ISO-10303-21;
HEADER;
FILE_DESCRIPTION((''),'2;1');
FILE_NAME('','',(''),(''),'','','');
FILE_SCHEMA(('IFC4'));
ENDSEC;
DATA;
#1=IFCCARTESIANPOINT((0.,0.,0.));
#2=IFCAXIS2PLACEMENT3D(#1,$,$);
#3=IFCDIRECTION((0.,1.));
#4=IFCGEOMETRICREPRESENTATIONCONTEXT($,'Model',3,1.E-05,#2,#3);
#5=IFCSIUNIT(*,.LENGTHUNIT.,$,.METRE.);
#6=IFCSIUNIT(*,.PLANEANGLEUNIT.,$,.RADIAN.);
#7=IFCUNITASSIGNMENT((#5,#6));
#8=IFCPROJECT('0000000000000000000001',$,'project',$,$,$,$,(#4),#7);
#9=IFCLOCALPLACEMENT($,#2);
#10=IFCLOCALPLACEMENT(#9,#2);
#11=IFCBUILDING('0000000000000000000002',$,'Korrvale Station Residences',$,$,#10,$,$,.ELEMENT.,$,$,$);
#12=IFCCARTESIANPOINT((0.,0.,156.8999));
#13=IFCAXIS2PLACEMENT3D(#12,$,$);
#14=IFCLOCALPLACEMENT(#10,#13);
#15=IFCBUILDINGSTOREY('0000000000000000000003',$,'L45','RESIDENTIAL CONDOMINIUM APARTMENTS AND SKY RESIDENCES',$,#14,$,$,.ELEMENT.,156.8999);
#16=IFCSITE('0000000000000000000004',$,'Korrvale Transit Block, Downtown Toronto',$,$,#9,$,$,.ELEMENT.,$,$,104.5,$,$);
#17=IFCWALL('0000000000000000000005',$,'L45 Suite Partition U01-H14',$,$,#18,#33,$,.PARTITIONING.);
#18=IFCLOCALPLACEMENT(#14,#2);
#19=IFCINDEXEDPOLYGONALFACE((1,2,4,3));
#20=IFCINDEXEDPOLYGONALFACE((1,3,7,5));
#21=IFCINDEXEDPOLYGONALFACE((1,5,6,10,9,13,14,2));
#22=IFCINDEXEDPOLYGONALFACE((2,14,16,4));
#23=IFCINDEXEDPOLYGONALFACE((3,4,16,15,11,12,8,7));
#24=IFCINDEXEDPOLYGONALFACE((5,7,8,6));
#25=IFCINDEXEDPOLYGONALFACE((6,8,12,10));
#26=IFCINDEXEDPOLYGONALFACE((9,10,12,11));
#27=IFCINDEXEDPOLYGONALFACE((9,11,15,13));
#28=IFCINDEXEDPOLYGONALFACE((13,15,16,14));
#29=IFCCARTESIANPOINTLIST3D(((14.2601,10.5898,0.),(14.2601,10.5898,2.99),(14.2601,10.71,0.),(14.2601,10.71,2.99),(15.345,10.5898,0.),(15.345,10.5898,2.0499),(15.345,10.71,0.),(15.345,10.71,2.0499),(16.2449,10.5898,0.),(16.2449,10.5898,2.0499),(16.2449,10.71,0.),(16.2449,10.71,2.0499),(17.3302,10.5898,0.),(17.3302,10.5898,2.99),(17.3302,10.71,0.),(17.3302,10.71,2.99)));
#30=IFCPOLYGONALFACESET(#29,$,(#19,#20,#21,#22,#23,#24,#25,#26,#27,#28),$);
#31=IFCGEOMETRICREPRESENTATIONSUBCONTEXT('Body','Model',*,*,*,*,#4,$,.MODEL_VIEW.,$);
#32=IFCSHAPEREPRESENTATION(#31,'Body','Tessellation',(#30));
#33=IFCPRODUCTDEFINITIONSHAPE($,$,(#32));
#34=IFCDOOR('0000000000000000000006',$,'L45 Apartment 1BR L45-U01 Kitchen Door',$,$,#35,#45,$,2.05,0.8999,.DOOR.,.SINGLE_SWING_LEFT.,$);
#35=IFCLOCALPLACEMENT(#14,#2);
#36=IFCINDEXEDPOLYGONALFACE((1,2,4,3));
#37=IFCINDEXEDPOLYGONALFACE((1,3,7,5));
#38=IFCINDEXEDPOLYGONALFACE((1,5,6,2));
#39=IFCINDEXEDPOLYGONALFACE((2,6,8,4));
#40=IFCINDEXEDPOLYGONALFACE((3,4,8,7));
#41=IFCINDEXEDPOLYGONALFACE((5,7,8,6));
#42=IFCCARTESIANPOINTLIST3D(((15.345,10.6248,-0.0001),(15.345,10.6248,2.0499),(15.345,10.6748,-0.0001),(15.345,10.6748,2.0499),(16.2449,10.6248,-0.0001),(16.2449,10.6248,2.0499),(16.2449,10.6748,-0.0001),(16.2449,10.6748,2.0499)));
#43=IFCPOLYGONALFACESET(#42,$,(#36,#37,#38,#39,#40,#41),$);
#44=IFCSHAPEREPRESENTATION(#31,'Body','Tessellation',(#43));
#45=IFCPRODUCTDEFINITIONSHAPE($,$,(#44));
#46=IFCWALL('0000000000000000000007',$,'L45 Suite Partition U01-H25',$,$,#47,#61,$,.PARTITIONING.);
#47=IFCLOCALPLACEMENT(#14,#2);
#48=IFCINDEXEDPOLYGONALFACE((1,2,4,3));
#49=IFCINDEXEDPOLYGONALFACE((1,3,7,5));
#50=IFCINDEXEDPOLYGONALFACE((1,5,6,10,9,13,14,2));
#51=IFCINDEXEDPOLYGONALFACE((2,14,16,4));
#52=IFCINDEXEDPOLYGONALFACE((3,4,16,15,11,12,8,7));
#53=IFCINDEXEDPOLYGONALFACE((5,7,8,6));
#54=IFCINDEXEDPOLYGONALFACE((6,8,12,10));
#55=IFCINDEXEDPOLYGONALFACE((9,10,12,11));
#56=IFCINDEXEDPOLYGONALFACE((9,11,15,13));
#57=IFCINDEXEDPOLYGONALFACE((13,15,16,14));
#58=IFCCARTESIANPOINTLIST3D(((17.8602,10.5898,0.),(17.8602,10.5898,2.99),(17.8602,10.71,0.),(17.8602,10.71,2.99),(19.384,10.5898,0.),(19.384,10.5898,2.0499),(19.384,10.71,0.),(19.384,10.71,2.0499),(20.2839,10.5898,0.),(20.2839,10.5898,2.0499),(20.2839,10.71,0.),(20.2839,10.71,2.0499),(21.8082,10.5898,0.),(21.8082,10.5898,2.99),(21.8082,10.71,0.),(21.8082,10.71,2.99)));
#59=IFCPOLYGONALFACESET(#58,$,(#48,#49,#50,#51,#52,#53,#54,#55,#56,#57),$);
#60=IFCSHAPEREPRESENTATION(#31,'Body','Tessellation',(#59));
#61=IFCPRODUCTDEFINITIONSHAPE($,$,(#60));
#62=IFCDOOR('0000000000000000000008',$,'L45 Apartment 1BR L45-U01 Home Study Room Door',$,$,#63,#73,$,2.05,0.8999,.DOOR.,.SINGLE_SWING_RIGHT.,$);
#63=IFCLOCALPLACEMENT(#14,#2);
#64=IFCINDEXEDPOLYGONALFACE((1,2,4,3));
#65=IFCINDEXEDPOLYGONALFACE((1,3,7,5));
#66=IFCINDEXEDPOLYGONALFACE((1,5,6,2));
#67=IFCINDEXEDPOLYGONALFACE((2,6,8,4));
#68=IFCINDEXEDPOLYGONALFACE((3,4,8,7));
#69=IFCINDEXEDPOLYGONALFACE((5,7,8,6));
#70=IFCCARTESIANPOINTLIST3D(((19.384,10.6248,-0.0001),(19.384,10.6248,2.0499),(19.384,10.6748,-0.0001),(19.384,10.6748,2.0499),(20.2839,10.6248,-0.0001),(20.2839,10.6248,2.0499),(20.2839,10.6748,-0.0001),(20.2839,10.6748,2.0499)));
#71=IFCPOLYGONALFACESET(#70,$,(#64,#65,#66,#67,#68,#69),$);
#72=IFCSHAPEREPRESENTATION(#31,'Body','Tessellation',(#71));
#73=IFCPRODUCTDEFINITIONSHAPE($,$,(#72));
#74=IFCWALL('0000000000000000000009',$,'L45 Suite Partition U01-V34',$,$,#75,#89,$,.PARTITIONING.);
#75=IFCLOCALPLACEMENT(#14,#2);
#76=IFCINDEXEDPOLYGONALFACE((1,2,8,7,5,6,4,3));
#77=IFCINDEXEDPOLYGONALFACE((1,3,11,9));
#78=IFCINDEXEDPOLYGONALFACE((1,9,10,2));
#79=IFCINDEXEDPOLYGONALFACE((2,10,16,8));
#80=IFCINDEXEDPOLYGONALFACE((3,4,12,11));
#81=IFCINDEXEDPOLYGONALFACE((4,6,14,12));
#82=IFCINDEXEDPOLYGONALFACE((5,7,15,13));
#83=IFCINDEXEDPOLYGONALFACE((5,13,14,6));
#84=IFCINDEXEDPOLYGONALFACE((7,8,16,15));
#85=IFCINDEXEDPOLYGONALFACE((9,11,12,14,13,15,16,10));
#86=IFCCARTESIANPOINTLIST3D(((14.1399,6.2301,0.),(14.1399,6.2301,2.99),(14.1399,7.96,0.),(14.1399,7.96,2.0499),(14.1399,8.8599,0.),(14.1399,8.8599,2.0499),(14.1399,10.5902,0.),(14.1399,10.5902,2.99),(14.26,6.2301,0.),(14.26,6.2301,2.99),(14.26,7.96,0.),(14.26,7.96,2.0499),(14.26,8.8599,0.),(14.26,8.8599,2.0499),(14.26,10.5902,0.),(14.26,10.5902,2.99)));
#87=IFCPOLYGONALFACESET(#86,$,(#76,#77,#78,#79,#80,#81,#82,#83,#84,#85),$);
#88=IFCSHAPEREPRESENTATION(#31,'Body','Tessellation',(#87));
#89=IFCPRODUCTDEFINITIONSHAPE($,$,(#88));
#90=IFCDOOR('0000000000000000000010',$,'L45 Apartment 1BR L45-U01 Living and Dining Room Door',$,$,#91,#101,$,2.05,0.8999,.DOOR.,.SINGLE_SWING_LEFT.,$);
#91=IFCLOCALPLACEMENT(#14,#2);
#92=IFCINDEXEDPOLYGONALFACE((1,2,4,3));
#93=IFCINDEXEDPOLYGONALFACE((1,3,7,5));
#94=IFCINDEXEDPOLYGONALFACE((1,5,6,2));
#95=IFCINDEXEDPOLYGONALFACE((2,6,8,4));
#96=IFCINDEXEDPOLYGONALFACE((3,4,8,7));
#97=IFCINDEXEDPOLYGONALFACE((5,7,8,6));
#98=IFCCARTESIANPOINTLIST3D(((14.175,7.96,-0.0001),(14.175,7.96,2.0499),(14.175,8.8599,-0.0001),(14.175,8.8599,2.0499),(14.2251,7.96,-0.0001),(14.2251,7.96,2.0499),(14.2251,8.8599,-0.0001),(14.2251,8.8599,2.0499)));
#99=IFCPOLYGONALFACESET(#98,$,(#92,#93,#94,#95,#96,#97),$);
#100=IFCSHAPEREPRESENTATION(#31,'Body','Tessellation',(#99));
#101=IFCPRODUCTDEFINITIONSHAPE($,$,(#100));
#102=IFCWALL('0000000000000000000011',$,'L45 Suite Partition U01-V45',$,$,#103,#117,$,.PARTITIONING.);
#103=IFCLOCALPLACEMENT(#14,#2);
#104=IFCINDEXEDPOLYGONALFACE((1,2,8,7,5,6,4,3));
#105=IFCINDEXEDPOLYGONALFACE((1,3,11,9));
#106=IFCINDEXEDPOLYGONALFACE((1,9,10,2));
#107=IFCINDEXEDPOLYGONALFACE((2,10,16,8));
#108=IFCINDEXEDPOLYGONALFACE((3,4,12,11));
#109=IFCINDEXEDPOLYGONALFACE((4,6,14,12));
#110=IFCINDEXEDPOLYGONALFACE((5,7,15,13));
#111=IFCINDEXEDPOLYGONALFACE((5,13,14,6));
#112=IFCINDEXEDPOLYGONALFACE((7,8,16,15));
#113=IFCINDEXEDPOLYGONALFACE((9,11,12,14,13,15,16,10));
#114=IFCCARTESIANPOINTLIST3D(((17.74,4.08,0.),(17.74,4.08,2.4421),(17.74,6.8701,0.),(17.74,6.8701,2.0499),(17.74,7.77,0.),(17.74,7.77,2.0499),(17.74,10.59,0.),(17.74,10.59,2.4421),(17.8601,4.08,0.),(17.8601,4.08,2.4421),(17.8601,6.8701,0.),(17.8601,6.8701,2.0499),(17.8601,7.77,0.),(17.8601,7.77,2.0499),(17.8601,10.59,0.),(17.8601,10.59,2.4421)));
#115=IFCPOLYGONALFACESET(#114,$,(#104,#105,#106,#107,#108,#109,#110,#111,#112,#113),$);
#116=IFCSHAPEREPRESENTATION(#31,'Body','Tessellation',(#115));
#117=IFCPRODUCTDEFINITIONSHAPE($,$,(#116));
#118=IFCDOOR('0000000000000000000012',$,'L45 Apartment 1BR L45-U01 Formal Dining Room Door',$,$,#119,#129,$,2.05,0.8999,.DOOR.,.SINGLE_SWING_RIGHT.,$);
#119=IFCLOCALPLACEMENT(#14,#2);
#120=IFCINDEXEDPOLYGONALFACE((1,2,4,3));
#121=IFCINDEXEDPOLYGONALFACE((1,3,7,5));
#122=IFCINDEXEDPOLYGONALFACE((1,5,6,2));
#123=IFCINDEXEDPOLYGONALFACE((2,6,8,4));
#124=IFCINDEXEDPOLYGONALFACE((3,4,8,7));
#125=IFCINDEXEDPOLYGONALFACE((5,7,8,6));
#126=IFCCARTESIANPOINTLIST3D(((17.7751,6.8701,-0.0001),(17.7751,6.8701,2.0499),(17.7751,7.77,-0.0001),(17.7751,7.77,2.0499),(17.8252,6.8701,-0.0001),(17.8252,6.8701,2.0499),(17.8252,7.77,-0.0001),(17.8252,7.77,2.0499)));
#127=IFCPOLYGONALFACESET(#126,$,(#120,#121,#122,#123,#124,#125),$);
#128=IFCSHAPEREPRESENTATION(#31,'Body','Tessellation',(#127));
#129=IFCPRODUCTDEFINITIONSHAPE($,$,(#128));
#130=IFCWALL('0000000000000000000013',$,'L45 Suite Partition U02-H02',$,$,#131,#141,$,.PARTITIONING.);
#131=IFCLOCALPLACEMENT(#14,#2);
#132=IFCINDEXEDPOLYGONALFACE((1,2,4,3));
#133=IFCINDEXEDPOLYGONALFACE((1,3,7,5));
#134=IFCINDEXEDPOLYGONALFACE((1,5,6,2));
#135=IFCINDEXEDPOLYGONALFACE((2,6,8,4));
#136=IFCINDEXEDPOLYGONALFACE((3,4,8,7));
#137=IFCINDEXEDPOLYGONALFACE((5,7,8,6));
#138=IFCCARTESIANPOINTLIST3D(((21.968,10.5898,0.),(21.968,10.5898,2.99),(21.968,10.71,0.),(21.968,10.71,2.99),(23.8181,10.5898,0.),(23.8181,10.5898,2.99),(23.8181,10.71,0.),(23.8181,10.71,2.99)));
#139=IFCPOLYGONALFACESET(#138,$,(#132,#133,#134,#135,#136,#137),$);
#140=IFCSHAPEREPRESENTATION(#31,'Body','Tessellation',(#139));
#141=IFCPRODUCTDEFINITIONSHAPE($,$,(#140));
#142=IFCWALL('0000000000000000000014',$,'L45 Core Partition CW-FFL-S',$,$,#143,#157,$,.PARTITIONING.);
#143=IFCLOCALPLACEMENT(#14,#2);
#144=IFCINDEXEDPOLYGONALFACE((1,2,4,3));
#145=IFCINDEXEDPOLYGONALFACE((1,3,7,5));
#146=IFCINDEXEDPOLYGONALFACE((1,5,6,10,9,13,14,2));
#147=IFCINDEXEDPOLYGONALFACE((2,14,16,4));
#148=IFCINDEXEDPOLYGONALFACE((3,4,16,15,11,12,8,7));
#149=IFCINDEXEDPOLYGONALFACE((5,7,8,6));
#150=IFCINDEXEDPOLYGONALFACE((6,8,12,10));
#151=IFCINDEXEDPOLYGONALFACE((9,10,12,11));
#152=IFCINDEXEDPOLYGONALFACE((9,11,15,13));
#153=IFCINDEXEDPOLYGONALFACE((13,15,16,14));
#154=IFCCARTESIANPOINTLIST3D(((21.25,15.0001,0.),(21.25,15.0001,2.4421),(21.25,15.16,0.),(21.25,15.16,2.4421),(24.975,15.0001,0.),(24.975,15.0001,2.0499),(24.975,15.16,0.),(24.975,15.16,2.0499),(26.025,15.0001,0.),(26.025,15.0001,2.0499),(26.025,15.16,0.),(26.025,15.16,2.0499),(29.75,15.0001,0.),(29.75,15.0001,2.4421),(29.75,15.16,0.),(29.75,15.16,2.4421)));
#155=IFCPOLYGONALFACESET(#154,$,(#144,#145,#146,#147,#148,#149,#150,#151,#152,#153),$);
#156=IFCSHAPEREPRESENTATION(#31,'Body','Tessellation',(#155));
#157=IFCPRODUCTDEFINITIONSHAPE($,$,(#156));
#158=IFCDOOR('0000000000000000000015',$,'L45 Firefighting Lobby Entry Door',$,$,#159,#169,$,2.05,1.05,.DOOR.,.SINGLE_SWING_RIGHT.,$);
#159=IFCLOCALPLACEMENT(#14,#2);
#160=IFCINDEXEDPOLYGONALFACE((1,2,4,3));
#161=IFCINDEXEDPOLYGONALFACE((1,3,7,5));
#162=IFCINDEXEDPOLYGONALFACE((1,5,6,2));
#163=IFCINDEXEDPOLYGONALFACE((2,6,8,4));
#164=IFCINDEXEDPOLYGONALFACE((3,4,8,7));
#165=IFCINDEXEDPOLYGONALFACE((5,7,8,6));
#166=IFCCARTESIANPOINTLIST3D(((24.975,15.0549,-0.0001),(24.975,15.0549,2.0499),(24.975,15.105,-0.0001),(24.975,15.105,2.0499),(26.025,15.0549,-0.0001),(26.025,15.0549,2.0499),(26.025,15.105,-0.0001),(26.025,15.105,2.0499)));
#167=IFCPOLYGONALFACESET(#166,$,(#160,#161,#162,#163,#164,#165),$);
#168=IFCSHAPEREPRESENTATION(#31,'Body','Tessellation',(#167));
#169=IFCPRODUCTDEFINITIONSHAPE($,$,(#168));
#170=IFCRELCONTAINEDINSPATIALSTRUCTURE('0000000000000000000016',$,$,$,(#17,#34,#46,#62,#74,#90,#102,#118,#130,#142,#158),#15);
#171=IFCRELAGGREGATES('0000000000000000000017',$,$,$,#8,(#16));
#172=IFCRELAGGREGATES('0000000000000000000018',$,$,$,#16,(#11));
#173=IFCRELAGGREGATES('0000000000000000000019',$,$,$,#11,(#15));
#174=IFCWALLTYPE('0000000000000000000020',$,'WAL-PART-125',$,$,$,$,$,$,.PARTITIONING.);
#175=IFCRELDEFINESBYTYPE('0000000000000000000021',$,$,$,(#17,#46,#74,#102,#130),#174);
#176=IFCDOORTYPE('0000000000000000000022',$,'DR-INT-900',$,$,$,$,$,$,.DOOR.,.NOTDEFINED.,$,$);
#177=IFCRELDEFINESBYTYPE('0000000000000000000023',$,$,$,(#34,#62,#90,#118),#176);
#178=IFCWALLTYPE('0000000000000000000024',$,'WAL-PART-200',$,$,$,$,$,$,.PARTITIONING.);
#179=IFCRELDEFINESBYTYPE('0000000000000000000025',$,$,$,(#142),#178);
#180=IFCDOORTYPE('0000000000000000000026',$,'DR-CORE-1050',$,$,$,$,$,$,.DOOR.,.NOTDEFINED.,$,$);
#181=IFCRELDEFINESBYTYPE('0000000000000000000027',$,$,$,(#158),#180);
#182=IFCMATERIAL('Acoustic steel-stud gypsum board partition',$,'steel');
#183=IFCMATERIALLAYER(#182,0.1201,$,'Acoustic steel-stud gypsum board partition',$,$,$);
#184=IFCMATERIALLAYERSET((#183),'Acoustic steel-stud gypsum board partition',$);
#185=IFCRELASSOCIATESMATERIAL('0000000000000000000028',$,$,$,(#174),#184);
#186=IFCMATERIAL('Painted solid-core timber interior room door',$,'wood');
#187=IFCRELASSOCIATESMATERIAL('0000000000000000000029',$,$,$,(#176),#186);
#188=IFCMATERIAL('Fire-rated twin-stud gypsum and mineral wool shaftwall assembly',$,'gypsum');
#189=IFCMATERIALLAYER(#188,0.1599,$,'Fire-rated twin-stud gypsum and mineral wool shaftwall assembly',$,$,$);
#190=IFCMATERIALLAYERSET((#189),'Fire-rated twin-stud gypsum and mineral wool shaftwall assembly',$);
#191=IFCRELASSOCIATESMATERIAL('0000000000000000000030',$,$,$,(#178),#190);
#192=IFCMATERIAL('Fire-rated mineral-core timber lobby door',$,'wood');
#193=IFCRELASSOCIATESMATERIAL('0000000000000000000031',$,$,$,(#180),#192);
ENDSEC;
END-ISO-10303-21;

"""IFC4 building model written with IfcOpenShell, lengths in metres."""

from ifc_helpers import new_model, si_unit, direction, frame, frame_2d, origin, place, context, subcontext, project, spatial, rectangle, extrude, material, layer, layer_set, type_object, element, fill, save


model = new_model("IFC4")

# Units and contexts
model_context = context("Model", 3, precision=1e-05, world=origin(), true_north=direction((0.0, 1.0)))
body_context = subcontext(model_context, "Body", "Model", "MODEL_VIEW")
ifc_project = project(units=[si_unit("LENGTHUNIT", "METRE"), si_unit("PLANEANGLEUNIT", "RADIAN")], contexts=[model_context])

# Site, building, storey
site_placement = place(None, origin())
site = spatial("IfcSite", under=ifc_project, at=site_placement, Name="Korrvale Transit Block, Downtown Toronto", CompositionType="ELEMENT", RefElevation=104.5)
building_placement = place(site_placement, origin())
building = spatial("IfcBuilding", under=site, at=building_placement, Name="Korrvale Station Residences", CompositionType="ELEMENT")
storey_placement = place(building_placement, frame((0.0, 0.0, 156.8999)))
storey = spatial("IfcBuildingStorey", under=building, at=storey_placement, Name="L45", Description="RESIDENTIAL CONDOMINIUM APARTMENTS AND SKY RESIDENCES", CompositionType="ELEMENT", Elevation=156.8999)

# Walls, openings, doors
ifc_material_1 = material(Name="Acoustic steel-stud gypsum board partition", Category="steel")
ifc_layer_1 = layer(ifc_material_1, 0.1201, Name="Acoustic steel-stud gypsum board partition")
ifc_layer_set_1 = layer_set([ifc_layer_1], Name="Acoustic steel-stud gypsum board partition")
wall_type_1 = type_object("IfcWallType", Name="WAL-PART-125", PredefinedType="PARTITIONING", material=ifc_layer_set_1)
ifc_material_2 = material(Name="Painted solid-core timber interior room door", Category="wood")
door_type_1 = type_object("IfcDoorType", Name="DR-INT-900", OperationType="NOTDEFINED", PredefinedType="DOOR", material=ifc_material_2)
wall_1_placement = place(storey_placement, frame((14.26, 10.6499, 0.0), z_axis=(0.0, 0.0, 1.0), x_axis=(1.0, 0.0, 0.0)))
wall_1 = element("IfcWall", 1, at=wall_1_placement, inside=storey, type_object=wall_type_1, Name="L45 Suite Partition U01-H14", PredefinedType="PARTITIONING", context=body_context, shape_type="SweptSolid", body=[
    extrude(rectangle(XDim=3.0701, YDim=0.1201, at=frame_2d((1.5352, 0.0))), origin(), (0.0, 0.0, 1.0), 2.99),
])
opening_1_placement = place(wall_1_placement, frame((1.085, 0.0, 0.0)))
opening_1 = element("IfcOpeningElement", 2, at=opening_1_placement, cuts=wall_1, PredefinedType="OPENING", context=body_context, shape_type="SweptSolid", body=[
    extrude(rectangle(XDim=0.8999, YDim=2.05, at=frame_2d((0.45, 1.0249))), frame((0.0, 0.0701, 0.0), z_axis=(0.0, -1.0, 0.0), x_axis=(1.0, 0.0, 0.0)), (0.0, 0.0, 1.0), 0.1401),
])
door_1_placement = place(opening_1_placement, origin())
door_1 = element("IfcDoor", 3, at=door_1_placement, inside=storey, type_object=door_type_1, Name="L45 Apartment 1BR L45-U01 Kitchen Door", OperationType="SINGLE_SWING_LEFT", OverallHeight=2.05, OverallWidth=0.8999, PredefinedType="DOOR", context=body_context, shape_type="SweptSolid", body=[
    extrude(rectangle(XDim=0.8999, YDim=2.05, at=frame_2d((0.45, 1.0249))), frame((0.0, 0.0249, 0.0), z_axis=(0.0, -1.0, 0.0), x_axis=(1.0, 0.0, 0.0)), (0.0, 0.0, 1.0), 0.05),
])
fill(opening_1, door_1)
wall_2_placement = place(storey_placement, frame((17.8601, 10.6499, 0.0), z_axis=(0.0, 0.0, 1.0), x_axis=(1.0, 0.0, 0.0)))
wall_2 = element("IfcWall", 4, at=wall_2_placement, inside=storey, type_object=wall_type_1, Name="L45 Suite Partition U01-H25", PredefinedType="PARTITIONING", context=body_context, shape_type="SweptSolid", body=[
    extrude(rectangle(XDim=3.948, YDim=0.1201, at=frame_2d((1.9741, 0.0))), origin(), (0.0, 0.0, 1.0), 2.99),
])
opening_2_placement = place(wall_2_placement, frame((1.5239, 0.0, 0.0)))
opening_2 = element("IfcOpeningElement", 5, at=opening_2_placement, cuts=wall_2, PredefinedType="OPENING", context=body_context, shape_type="SweptSolid", body=[
    extrude(rectangle(XDim=0.8999, YDim=2.05, at=frame_2d((0.45, 1.0249))), frame((0.0, 0.0701, 0.0), z_axis=(0.0, -1.0, 0.0), x_axis=(1.0, 0.0, 0.0)), (0.0, 0.0, 1.0), 0.1401),
])
door_2_placement = place(opening_2_placement, origin())
door_2 = element("IfcDoor", 6, at=door_2_placement, inside=storey, type_object=door_type_1, Name="L45 Apartment 1BR L45-U01 Home Study Room Door", OperationType="SINGLE_SWING_RIGHT", OverallHeight=2.05, OverallWidth=0.8999, PredefinedType="DOOR", context=body_context, shape_type="SweptSolid", body=[
    extrude(rectangle(XDim=0.8999, YDim=2.05, at=frame_2d((0.45, 1.0249))), frame((0.0, 0.0249, 0.0), z_axis=(0.0, -1.0, 0.0), x_axis=(1.0, 0.0, 0.0)), (0.0, 0.0, 1.0), 0.05),
])
fill(opening_2, door_2)
wall_3_placement = place(storey_placement, frame((14.2, 6.23, 0.0), z_axis=(0.0, 0.0, 1.0), x_axis=(0.0, 1.0, 0.0)))
wall_3 = element("IfcWall", 7, at=wall_3_placement, inside=storey, type_object=wall_type_1, Name="L45 Suite Partition U01-V34", PredefinedType="PARTITIONING", context=body_context, shape_type="SweptSolid", body=[
    extrude(rectangle(XDim=4.3601, YDim=0.1201, at=frame_2d((2.1802, 0.0))), origin(), (0.0, 0.0, 1.0), 2.99),
])
opening_3_placement = place(wall_3_placement, frame((1.73, 0.0, 0.0)))
opening_3 = element("IfcOpeningElement", 8, at=opening_3_placement, cuts=wall_3, PredefinedType="OPENING", context=body_context, shape_type="SweptSolid", body=[
    extrude(rectangle(XDim=0.8999, YDim=2.05, at=frame_2d((0.45, 1.0249))), frame((0.0, 0.0701, 0.0), z_axis=(0.0, -1.0, 0.0), x_axis=(1.0, 0.0, 0.0)), (0.0, 0.0, 1.0), 0.1401),
])
door_3_placement = place(opening_3_placement, origin())
door_3 = element("IfcDoor", 9, at=door_3_placement, inside=storey, type_object=door_type_1, Name="L45 Apartment 1BR L45-U01 Living and Dining Room Door", OperationType="SINGLE_SWING_LEFT", OverallHeight=2.05, OverallWidth=0.8999, PredefinedType="DOOR", context=body_context, shape_type="SweptSolid", body=[
    extrude(rectangle(XDim=0.8999, YDim=2.05, at=frame_2d((0.45, 1.0249))), frame((0.0, 0.0249, 0.0), z_axis=(0.0, -1.0, 0.0), x_axis=(1.0, 0.0, 0.0)), (0.0, 0.0, 1.0), 0.05),
])
fill(opening_3, door_3)
wall_4_placement = place(storey_placement, frame((17.8, 4.0801, 0.0), z_axis=(0.0, 0.0, 1.0), x_axis=(0.0, 1.0, 0.0)))
wall_4 = element("IfcWall", 10, at=wall_4_placement, inside=storey, type_object=wall_type_1, Name="L45 Suite Partition U01-V45", PredefinedType="PARTITIONING", context=body_context, shape_type="SweptSolid", body=[
    extrude(rectangle(XDim=6.51, YDim=0.1201, at=frame_2d((3.2549, 0.0))), origin(), (0.0, 0.0, 1.0), 2.4421),
])
opening_4_placement = place(wall_4_placement, frame((2.79, 0.0, 0.0)))
opening_4 = element("IfcOpeningElement", 11, at=opening_4_placement, cuts=wall_4, PredefinedType="OPENING", context=body_context, shape_type="SweptSolid", body=[
    extrude(rectangle(XDim=0.8999, YDim=2.05, at=frame_2d((0.45, 1.0249))), frame((0.0, 0.0701, 0.0), z_axis=(0.0, -1.0, 0.0), x_axis=(1.0, 0.0, 0.0)), (0.0, 0.0, 1.0), 0.1401),
])
door_4_placement = place(opening_4_placement, origin())
door_4 = element("IfcDoor", 12, at=door_4_placement, inside=storey, type_object=door_type_1, Name="L45 Apartment 1BR L45-U01 Formal Dining Room Door", OperationType="SINGLE_SWING_RIGHT", OverallHeight=2.05, OverallWidth=0.8999, PredefinedType="DOOR", context=body_context, shape_type="SweptSolid", body=[
    extrude(rectangle(XDim=0.8999, YDim=2.05, at=frame_2d((0.45, 1.0249))), frame((0.0, 0.0249, 0.0), z_axis=(0.0, -1.0, 0.0), x_axis=(1.0, 0.0, 0.0)), (0.0, 0.0, 1.0), 0.05),
])
fill(opening_4, door_4)

# Wall
wall_5_placement = place(storey_placement, frame((21.968, 10.6499, 0.0), z_axis=(0.0, 0.0, 1.0), x_axis=(1.0, 0.0, 0.0)))
element("IfcWall", 13, at=wall_5_placement, inside=storey, type_object=wall_type_1, Name="L45 Suite Partition U02-H02", PredefinedType="PARTITIONING", context=body_context, shape_type="SweptSolid", body=[
    extrude(rectangle(XDim=1.8501, YDim=0.1201, at=frame_2d((0.925, 0.0))), origin(), (0.0, 0.0, 1.0), 2.99),
])

# Wall, opening, door
ifc_material_3 = material(Name="Fire-rated twin-stud gypsum and mineral wool shaftwall assembly", Category="gypsum")
ifc_layer_2 = layer(ifc_material_3, 0.1599, Name="Fire-rated twin-stud gypsum and mineral wool shaftwall assembly")
ifc_layer_set_2 = layer_set([ifc_layer_2], Name="Fire-rated twin-stud gypsum and mineral wool shaftwall assembly")
wall_type_2 = type_object("IfcWallType", Name="WAL-PART-200", PredefinedType="PARTITIONING", material=ifc_layer_set_2)
wall_6_placement = place(storey_placement, frame((21.25, 15.0801, 0.0), z_axis=(0.0, 0.0, 1.0), x_axis=(1.0, 0.0, 0.0)))
wall_6 = element("IfcWall", 14, at=wall_6_placement, inside=storey, type_object=wall_type_2, Name="L45 Core Partition CW-FFL-S", PredefinedType="PARTITIONING", context=body_context, shape_type="SweptSolid", body=[
    extrude(rectangle(XDim=8.5, YDim=0.1599, at=frame_2d((4.25, 0.0))), origin(), (0.0, 0.0, 1.0), 2.4421),
])
opening_5_placement = place(wall_6_placement, frame((3.7251, 0.0, 0.0)))
opening_5 = element("IfcOpeningElement", 15, at=opening_5_placement, cuts=wall_6, PredefinedType="OPENING", context=body_context, shape_type="SweptSolid", body=[
    extrude(rectangle(XDim=1.05, YDim=2.05, at=frame_2d((0.5249, 1.0249))), frame((0.0, 0.0898, 0.0), z_axis=(0.0, -1.0, 0.0), x_axis=(1.0, 0.0, 0.0)), (0.0, 0.0, 1.0), 0.1799),
])
ifc_material_4 = material(Name="Fire-rated mineral-core timber lobby door", Category="wood")
door_type_2 = type_object("IfcDoorType", Name="DR-CORE-1050", OperationType="NOTDEFINED", PredefinedType="DOOR", material=ifc_material_4)
door_5_placement = place(opening_5_placement, origin())
door_5 = element("IfcDoor", 16, at=door_5_placement, inside=storey, type_object=door_type_2, Name="L45 Firefighting Lobby Entry Door", OperationType="SINGLE_SWING_RIGHT", OverallHeight=2.05, OverallWidth=1.05, PredefinedType="DOOR", context=body_context, shape_type="SweptSolid", body=[
    extrude(rectangle(XDim=1.05, YDim=2.05, at=frame_2d((0.5249, 1.0249))), frame((0.0, 0.0249, 0.0), z_axis=(0.0, -1.0, 0.0), x_axis=(1.0, 0.0, 0.0)), (0.0, 0.0, 1.0), 0.05),
])
fill(opening_5, door_5)

save(model, "model.ifc")
